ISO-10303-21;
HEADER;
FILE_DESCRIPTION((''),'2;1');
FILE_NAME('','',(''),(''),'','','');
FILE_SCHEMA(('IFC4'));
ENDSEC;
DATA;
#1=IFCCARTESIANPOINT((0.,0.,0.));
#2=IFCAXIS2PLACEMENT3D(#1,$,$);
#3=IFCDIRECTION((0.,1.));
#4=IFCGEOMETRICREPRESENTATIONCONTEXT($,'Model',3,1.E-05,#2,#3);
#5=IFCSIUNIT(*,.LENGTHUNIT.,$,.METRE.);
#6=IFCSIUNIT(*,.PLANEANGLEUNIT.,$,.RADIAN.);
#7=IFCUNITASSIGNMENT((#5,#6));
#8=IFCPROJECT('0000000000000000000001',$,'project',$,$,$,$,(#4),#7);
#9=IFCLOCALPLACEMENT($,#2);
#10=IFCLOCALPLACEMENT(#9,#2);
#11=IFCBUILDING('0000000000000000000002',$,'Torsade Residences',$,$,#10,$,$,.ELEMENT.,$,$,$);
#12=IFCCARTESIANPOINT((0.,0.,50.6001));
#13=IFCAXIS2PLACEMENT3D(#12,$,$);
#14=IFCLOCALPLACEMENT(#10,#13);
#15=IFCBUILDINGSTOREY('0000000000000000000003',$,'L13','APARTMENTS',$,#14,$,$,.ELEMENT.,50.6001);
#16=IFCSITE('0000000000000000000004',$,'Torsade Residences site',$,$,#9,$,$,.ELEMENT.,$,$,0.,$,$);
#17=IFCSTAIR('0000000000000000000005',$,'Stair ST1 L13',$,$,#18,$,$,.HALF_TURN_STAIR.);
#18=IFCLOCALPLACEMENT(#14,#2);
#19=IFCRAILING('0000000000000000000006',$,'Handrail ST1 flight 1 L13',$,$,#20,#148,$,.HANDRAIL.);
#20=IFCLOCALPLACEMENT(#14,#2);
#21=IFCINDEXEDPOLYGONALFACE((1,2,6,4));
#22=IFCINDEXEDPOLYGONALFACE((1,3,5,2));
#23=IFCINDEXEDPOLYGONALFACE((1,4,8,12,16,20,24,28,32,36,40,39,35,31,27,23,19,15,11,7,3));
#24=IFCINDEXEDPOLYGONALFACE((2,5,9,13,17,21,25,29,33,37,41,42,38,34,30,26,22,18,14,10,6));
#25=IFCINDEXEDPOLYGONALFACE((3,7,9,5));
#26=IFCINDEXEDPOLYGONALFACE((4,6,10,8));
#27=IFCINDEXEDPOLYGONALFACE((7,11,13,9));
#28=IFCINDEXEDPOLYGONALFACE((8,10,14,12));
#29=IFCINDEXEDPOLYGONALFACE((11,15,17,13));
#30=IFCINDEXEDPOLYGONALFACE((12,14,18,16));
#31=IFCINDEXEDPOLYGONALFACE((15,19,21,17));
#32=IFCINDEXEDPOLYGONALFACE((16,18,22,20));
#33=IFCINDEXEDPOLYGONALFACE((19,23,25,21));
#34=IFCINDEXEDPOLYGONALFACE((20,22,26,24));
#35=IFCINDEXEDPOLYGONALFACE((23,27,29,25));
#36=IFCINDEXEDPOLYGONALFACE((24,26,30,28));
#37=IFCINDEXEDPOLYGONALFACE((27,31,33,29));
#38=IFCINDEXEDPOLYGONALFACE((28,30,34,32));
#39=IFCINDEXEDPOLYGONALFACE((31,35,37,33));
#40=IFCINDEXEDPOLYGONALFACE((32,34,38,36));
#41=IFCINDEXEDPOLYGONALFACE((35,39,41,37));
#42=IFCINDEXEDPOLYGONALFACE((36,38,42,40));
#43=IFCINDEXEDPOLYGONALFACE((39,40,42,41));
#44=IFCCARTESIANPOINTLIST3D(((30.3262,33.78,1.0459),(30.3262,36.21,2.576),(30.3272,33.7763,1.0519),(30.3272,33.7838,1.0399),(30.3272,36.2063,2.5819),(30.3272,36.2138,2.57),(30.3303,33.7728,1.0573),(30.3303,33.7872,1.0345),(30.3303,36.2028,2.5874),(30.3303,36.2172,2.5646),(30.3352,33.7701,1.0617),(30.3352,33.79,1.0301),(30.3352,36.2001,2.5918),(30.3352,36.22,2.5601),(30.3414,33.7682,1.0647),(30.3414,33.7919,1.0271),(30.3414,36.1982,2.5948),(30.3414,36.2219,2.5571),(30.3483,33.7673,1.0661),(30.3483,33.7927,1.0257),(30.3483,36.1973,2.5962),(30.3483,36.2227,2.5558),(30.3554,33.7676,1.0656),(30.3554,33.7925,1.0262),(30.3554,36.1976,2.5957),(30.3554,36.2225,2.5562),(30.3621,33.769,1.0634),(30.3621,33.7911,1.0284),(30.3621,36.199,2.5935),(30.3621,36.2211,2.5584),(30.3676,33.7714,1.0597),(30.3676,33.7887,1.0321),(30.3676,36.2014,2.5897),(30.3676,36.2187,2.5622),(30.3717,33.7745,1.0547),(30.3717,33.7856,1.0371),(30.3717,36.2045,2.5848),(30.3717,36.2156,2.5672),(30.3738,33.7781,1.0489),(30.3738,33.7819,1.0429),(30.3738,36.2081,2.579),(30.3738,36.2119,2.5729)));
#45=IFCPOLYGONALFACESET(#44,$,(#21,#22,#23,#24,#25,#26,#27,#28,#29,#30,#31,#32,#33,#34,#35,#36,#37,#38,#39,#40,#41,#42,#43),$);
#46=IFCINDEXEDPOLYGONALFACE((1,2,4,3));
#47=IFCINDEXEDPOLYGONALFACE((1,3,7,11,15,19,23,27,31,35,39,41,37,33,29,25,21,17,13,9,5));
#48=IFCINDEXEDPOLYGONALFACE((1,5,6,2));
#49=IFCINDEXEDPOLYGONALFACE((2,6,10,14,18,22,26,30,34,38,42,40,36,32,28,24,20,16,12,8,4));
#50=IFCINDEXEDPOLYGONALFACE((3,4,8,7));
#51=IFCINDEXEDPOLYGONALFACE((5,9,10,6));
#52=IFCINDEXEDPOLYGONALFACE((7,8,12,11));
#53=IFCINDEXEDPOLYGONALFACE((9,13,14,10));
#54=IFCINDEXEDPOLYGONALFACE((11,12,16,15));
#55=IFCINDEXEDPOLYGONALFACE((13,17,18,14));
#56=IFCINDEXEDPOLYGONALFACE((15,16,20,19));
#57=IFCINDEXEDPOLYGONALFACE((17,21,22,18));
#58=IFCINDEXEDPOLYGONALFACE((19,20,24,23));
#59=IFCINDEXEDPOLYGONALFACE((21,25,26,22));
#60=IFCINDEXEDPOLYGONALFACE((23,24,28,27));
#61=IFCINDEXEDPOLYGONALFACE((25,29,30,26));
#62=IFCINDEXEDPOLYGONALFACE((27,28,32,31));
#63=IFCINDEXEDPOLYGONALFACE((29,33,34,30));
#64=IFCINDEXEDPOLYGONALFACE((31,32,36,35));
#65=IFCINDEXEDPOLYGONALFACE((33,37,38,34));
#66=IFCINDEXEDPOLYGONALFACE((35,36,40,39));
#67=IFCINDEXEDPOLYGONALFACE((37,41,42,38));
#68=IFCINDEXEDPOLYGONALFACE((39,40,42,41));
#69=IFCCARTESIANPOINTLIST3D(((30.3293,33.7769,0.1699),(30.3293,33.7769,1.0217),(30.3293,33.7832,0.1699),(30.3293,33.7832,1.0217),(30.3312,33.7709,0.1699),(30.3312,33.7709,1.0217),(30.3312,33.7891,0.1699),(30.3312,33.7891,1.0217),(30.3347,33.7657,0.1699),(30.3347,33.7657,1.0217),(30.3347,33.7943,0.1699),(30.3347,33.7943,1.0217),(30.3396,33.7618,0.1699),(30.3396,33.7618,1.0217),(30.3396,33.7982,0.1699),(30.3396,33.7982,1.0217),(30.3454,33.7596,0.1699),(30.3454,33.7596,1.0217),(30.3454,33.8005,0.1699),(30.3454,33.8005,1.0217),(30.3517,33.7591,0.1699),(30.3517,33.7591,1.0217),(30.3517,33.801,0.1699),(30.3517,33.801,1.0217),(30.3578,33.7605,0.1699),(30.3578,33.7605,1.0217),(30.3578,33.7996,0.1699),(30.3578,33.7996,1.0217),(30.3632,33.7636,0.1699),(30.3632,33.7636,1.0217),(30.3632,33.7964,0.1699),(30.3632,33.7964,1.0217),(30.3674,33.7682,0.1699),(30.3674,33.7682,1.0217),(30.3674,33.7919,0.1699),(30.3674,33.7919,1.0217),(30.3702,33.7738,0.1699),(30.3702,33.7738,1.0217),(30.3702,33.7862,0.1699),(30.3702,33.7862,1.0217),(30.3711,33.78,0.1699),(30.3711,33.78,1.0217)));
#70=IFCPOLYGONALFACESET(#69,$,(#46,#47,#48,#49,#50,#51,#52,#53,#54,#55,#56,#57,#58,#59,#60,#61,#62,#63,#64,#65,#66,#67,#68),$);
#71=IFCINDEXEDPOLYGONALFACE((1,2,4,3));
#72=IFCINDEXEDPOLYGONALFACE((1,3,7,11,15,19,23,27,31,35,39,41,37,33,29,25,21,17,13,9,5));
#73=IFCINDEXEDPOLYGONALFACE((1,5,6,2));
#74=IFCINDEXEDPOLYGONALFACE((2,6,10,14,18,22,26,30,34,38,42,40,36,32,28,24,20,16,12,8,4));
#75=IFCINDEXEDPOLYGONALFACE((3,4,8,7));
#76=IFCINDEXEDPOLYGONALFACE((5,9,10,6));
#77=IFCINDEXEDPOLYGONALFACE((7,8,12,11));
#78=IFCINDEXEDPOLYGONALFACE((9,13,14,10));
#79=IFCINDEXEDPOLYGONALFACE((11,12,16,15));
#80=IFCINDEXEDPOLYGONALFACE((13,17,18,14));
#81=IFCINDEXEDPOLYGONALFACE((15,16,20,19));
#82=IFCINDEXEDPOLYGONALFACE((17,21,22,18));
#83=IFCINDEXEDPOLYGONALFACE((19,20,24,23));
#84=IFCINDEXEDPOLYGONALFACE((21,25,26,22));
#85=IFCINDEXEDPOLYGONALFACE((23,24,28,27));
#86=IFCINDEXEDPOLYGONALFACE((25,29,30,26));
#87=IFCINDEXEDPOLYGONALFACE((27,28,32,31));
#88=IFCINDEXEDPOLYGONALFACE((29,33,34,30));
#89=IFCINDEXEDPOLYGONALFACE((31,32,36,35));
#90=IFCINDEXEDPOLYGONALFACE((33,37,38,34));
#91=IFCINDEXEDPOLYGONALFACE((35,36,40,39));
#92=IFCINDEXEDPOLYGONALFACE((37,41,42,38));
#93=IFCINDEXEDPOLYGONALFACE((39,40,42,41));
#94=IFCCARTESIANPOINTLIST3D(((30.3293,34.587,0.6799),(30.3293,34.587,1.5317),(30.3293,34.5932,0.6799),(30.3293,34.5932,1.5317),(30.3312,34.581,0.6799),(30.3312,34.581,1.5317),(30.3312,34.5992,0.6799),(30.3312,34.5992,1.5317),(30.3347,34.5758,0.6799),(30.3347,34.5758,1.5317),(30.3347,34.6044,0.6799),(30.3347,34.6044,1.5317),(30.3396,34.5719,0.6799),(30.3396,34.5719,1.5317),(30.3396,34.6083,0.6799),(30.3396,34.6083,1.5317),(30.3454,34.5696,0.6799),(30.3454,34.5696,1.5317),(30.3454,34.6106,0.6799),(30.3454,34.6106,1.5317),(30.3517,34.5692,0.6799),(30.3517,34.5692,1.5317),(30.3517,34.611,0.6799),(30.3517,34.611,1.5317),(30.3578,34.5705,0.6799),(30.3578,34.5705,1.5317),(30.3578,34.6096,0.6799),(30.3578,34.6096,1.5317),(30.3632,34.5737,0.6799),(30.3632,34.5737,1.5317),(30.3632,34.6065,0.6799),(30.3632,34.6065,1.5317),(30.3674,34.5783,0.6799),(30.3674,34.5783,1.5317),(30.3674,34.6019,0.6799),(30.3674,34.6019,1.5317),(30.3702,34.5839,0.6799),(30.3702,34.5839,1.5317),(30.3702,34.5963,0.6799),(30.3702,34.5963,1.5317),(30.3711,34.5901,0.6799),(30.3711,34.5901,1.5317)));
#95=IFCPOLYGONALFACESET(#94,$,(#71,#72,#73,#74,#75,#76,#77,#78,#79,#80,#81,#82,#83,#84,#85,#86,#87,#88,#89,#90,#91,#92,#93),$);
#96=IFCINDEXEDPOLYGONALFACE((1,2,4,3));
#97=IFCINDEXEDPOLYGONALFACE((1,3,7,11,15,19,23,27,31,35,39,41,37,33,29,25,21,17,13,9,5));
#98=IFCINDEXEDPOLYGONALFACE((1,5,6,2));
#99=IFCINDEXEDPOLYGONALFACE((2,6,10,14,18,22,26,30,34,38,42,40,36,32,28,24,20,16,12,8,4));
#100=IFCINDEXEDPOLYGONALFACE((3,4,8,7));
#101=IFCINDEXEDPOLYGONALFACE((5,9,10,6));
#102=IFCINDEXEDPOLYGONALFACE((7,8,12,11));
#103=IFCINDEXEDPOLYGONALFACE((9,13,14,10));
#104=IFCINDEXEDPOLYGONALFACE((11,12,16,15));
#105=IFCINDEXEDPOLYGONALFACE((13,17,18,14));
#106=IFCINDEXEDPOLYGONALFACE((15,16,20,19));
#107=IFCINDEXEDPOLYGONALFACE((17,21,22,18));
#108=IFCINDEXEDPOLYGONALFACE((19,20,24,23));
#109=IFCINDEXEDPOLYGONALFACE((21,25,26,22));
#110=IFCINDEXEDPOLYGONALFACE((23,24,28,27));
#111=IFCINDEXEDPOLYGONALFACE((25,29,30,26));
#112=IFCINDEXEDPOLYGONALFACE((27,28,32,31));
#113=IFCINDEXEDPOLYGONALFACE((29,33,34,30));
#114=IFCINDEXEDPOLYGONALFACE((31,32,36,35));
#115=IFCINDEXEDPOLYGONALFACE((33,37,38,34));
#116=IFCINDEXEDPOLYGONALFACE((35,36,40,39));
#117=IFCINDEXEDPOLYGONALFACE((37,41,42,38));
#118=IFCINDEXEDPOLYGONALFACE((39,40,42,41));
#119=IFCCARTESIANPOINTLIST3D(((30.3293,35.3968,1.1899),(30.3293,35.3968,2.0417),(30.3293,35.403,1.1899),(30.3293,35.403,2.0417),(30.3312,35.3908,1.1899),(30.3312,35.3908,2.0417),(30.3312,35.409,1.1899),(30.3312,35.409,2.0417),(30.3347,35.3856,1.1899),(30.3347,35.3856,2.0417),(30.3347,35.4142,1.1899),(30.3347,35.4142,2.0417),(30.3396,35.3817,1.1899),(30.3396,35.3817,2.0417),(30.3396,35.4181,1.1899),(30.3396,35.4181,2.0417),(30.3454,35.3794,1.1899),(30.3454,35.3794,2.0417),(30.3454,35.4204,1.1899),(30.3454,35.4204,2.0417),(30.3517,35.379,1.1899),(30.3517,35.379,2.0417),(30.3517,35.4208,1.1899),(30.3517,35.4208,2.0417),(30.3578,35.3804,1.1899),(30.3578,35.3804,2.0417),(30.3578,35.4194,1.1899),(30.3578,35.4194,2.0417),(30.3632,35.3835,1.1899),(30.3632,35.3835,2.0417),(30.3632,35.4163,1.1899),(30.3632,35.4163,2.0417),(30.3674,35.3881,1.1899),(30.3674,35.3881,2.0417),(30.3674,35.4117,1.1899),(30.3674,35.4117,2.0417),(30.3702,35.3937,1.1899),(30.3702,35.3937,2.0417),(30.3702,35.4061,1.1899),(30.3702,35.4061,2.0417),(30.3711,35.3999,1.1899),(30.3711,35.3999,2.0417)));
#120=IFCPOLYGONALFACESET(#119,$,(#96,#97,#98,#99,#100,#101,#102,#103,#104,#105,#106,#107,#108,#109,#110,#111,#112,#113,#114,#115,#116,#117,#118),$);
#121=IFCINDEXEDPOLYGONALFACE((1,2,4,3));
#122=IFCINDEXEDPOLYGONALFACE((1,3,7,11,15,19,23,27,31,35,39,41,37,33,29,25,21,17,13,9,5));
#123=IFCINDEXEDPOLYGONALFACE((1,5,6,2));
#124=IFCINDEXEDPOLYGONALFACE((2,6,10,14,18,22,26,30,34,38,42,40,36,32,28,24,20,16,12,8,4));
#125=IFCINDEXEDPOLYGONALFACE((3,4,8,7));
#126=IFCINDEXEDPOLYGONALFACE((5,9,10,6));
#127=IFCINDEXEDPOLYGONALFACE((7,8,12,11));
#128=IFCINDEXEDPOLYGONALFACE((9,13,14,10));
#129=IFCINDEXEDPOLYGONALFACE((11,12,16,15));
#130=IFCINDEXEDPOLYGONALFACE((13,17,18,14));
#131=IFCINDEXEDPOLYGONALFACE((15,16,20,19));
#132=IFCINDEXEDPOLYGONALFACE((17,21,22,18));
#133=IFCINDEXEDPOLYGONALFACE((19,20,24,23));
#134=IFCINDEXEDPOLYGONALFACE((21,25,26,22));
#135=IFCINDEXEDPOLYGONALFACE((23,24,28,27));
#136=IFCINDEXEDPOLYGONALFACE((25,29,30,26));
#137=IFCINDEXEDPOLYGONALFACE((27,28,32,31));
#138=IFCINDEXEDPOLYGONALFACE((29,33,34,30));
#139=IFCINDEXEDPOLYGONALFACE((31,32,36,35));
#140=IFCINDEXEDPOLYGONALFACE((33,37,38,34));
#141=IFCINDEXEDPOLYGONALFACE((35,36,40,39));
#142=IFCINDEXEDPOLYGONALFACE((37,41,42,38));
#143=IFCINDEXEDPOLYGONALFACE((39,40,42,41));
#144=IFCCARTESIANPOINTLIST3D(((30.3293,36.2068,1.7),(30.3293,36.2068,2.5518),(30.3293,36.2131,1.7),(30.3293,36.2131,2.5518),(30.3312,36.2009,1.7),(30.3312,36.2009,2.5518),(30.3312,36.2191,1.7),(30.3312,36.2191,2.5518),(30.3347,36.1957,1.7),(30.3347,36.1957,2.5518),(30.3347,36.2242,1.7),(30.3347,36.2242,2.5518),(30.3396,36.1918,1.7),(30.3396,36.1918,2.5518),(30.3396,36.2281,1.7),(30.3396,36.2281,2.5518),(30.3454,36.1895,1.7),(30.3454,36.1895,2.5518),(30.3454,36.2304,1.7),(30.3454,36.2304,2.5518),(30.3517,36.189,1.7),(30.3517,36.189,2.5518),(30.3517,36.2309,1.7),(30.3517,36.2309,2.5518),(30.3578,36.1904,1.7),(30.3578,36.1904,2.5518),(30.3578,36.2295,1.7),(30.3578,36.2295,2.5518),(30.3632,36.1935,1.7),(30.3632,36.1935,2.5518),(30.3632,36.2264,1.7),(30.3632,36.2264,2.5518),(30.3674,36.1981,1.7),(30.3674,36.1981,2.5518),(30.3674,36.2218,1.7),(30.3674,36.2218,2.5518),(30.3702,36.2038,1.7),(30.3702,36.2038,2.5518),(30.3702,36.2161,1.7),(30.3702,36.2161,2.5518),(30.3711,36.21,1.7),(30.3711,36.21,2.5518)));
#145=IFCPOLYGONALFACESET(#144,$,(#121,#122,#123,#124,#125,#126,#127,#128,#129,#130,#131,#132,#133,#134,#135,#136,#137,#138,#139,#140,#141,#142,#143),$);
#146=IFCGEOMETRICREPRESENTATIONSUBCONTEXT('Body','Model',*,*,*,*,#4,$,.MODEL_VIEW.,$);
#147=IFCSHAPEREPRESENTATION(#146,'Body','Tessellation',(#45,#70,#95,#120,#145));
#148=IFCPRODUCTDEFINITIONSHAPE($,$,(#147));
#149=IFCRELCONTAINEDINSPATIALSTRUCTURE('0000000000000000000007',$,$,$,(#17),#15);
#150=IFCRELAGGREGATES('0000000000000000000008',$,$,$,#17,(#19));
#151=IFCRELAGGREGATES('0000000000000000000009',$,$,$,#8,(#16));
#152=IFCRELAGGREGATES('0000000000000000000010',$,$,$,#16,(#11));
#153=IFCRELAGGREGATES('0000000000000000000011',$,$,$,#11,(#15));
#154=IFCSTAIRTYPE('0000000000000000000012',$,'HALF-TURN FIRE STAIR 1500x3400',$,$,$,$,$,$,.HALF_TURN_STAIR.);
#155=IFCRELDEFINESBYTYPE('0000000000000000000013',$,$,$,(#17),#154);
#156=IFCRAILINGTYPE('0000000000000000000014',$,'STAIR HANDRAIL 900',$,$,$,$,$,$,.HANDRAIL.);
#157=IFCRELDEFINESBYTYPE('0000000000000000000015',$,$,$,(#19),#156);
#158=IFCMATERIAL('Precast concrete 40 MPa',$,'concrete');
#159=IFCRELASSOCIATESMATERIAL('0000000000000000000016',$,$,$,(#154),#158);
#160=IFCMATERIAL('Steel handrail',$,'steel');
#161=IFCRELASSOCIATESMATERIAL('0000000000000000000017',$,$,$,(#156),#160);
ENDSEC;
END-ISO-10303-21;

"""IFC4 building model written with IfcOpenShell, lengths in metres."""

from ifc_helpers import new_model, si_unit, direction, frame, origin, origin_2d, place, context, subcontext, project, spatial, circle, extrude, material, type_object, element, aggregate, save


model = new_model("IFC4")

# Units and contexts
model_context = context("Model", 3, precision=1e-05, world=origin(), true_north=direction((0.0, 1.0)))
body_context = subcontext(model_context, "Body", "Model", "MODEL_VIEW")
ifc_project = project(units=[si_unit("LENGTHUNIT", "METRE"), si_unit("PLANEANGLEUNIT", "RADIAN")], contexts=[model_context])

# Site, building, storey
site_placement = place(None, origin())
site = spatial("IfcSite", under=ifc_project, at=site_placement, Name="Torsade Residences site", CompositionType="ELEMENT", RefElevation=0.0)
building_placement = place(site_placement, origin())
building = spatial("IfcBuilding", under=site, at=building_placement, Name="Torsade Residences", CompositionType="ELEMENT")
storey_placement = place(building_placement, frame((0.0, 0.0, 50.6001)))
storey = spatial("IfcBuildingStorey", under=building, at=storey_placement, Name="L13", Description="APARTMENTS", CompositionType="ELEMENT", Elevation=50.6001)

# Stair, railing
ifc_material_1 = material(Name="Precast concrete 40 MPa", Category="concrete")
stair_type = type_object("IfcStairType", Name="HALF-TURN FIRE STAIR 1500x3400", PredefinedType="HALF_TURN_STAIR", material=ifc_material_1)
stair_placement = place(storey_placement, origin())
stair = element("IfcStair", 1, at=stair_placement, inside=storey, type_object=stair_type, Name="Stair ST1 L13", PredefinedType="HALF_TURN_STAIR")
ifc_material_2 = material(Name="Steel handrail", Category="steel")
railing_type = type_object("IfcRailingType", Name="STAIR HANDRAIL 900", PredefinedType="HANDRAIL", material=ifc_material_2)
railing_1_placement = place(storey_placement, frame((30.3501, 33.78, 0.1699)))
railing_1 = element("IfcRailing", 2, at=railing_1_placement, type_object=railing_type, Name="Handrail ST1 flight 1 L13", PredefinedType="HANDRAIL", context=body_context, shape_type="SweptSolid", body=[
    extrude(circle(Radius=0.0239, at=origin_2d()), frame((0.0, 0.0, 0.876), z_axis=(0.0, 0.846221, 0.532831), x_axis=(-1.0, 0.0, 0.0)), (0.0, 0.0, 1.0), 2.8716),
    extrude(circle(Radius=0.021, at=origin_2d()), origin(), (0.0, 0.0, 1.0), 0.8518),
    extrude(circle(Radius=0.021, at=origin_2d()), frame((0.0, 0.8101, 0.51)), (0.0, 0.0, 1.0), 0.8518),
    extrude(circle(Radius=0.021, at=origin_2d()), frame((0.0, 1.6199, 1.02)), (0.0, 0.0, 1.0), 0.8518),
    extrude(circle(Radius=0.021, at=origin_2d()), frame((0.0, 2.4299, 1.53)), (0.0, 0.0, 1.0), 0.8518),
])
aggregate(stair, [railing_1])

save(model, "model.ifc")
